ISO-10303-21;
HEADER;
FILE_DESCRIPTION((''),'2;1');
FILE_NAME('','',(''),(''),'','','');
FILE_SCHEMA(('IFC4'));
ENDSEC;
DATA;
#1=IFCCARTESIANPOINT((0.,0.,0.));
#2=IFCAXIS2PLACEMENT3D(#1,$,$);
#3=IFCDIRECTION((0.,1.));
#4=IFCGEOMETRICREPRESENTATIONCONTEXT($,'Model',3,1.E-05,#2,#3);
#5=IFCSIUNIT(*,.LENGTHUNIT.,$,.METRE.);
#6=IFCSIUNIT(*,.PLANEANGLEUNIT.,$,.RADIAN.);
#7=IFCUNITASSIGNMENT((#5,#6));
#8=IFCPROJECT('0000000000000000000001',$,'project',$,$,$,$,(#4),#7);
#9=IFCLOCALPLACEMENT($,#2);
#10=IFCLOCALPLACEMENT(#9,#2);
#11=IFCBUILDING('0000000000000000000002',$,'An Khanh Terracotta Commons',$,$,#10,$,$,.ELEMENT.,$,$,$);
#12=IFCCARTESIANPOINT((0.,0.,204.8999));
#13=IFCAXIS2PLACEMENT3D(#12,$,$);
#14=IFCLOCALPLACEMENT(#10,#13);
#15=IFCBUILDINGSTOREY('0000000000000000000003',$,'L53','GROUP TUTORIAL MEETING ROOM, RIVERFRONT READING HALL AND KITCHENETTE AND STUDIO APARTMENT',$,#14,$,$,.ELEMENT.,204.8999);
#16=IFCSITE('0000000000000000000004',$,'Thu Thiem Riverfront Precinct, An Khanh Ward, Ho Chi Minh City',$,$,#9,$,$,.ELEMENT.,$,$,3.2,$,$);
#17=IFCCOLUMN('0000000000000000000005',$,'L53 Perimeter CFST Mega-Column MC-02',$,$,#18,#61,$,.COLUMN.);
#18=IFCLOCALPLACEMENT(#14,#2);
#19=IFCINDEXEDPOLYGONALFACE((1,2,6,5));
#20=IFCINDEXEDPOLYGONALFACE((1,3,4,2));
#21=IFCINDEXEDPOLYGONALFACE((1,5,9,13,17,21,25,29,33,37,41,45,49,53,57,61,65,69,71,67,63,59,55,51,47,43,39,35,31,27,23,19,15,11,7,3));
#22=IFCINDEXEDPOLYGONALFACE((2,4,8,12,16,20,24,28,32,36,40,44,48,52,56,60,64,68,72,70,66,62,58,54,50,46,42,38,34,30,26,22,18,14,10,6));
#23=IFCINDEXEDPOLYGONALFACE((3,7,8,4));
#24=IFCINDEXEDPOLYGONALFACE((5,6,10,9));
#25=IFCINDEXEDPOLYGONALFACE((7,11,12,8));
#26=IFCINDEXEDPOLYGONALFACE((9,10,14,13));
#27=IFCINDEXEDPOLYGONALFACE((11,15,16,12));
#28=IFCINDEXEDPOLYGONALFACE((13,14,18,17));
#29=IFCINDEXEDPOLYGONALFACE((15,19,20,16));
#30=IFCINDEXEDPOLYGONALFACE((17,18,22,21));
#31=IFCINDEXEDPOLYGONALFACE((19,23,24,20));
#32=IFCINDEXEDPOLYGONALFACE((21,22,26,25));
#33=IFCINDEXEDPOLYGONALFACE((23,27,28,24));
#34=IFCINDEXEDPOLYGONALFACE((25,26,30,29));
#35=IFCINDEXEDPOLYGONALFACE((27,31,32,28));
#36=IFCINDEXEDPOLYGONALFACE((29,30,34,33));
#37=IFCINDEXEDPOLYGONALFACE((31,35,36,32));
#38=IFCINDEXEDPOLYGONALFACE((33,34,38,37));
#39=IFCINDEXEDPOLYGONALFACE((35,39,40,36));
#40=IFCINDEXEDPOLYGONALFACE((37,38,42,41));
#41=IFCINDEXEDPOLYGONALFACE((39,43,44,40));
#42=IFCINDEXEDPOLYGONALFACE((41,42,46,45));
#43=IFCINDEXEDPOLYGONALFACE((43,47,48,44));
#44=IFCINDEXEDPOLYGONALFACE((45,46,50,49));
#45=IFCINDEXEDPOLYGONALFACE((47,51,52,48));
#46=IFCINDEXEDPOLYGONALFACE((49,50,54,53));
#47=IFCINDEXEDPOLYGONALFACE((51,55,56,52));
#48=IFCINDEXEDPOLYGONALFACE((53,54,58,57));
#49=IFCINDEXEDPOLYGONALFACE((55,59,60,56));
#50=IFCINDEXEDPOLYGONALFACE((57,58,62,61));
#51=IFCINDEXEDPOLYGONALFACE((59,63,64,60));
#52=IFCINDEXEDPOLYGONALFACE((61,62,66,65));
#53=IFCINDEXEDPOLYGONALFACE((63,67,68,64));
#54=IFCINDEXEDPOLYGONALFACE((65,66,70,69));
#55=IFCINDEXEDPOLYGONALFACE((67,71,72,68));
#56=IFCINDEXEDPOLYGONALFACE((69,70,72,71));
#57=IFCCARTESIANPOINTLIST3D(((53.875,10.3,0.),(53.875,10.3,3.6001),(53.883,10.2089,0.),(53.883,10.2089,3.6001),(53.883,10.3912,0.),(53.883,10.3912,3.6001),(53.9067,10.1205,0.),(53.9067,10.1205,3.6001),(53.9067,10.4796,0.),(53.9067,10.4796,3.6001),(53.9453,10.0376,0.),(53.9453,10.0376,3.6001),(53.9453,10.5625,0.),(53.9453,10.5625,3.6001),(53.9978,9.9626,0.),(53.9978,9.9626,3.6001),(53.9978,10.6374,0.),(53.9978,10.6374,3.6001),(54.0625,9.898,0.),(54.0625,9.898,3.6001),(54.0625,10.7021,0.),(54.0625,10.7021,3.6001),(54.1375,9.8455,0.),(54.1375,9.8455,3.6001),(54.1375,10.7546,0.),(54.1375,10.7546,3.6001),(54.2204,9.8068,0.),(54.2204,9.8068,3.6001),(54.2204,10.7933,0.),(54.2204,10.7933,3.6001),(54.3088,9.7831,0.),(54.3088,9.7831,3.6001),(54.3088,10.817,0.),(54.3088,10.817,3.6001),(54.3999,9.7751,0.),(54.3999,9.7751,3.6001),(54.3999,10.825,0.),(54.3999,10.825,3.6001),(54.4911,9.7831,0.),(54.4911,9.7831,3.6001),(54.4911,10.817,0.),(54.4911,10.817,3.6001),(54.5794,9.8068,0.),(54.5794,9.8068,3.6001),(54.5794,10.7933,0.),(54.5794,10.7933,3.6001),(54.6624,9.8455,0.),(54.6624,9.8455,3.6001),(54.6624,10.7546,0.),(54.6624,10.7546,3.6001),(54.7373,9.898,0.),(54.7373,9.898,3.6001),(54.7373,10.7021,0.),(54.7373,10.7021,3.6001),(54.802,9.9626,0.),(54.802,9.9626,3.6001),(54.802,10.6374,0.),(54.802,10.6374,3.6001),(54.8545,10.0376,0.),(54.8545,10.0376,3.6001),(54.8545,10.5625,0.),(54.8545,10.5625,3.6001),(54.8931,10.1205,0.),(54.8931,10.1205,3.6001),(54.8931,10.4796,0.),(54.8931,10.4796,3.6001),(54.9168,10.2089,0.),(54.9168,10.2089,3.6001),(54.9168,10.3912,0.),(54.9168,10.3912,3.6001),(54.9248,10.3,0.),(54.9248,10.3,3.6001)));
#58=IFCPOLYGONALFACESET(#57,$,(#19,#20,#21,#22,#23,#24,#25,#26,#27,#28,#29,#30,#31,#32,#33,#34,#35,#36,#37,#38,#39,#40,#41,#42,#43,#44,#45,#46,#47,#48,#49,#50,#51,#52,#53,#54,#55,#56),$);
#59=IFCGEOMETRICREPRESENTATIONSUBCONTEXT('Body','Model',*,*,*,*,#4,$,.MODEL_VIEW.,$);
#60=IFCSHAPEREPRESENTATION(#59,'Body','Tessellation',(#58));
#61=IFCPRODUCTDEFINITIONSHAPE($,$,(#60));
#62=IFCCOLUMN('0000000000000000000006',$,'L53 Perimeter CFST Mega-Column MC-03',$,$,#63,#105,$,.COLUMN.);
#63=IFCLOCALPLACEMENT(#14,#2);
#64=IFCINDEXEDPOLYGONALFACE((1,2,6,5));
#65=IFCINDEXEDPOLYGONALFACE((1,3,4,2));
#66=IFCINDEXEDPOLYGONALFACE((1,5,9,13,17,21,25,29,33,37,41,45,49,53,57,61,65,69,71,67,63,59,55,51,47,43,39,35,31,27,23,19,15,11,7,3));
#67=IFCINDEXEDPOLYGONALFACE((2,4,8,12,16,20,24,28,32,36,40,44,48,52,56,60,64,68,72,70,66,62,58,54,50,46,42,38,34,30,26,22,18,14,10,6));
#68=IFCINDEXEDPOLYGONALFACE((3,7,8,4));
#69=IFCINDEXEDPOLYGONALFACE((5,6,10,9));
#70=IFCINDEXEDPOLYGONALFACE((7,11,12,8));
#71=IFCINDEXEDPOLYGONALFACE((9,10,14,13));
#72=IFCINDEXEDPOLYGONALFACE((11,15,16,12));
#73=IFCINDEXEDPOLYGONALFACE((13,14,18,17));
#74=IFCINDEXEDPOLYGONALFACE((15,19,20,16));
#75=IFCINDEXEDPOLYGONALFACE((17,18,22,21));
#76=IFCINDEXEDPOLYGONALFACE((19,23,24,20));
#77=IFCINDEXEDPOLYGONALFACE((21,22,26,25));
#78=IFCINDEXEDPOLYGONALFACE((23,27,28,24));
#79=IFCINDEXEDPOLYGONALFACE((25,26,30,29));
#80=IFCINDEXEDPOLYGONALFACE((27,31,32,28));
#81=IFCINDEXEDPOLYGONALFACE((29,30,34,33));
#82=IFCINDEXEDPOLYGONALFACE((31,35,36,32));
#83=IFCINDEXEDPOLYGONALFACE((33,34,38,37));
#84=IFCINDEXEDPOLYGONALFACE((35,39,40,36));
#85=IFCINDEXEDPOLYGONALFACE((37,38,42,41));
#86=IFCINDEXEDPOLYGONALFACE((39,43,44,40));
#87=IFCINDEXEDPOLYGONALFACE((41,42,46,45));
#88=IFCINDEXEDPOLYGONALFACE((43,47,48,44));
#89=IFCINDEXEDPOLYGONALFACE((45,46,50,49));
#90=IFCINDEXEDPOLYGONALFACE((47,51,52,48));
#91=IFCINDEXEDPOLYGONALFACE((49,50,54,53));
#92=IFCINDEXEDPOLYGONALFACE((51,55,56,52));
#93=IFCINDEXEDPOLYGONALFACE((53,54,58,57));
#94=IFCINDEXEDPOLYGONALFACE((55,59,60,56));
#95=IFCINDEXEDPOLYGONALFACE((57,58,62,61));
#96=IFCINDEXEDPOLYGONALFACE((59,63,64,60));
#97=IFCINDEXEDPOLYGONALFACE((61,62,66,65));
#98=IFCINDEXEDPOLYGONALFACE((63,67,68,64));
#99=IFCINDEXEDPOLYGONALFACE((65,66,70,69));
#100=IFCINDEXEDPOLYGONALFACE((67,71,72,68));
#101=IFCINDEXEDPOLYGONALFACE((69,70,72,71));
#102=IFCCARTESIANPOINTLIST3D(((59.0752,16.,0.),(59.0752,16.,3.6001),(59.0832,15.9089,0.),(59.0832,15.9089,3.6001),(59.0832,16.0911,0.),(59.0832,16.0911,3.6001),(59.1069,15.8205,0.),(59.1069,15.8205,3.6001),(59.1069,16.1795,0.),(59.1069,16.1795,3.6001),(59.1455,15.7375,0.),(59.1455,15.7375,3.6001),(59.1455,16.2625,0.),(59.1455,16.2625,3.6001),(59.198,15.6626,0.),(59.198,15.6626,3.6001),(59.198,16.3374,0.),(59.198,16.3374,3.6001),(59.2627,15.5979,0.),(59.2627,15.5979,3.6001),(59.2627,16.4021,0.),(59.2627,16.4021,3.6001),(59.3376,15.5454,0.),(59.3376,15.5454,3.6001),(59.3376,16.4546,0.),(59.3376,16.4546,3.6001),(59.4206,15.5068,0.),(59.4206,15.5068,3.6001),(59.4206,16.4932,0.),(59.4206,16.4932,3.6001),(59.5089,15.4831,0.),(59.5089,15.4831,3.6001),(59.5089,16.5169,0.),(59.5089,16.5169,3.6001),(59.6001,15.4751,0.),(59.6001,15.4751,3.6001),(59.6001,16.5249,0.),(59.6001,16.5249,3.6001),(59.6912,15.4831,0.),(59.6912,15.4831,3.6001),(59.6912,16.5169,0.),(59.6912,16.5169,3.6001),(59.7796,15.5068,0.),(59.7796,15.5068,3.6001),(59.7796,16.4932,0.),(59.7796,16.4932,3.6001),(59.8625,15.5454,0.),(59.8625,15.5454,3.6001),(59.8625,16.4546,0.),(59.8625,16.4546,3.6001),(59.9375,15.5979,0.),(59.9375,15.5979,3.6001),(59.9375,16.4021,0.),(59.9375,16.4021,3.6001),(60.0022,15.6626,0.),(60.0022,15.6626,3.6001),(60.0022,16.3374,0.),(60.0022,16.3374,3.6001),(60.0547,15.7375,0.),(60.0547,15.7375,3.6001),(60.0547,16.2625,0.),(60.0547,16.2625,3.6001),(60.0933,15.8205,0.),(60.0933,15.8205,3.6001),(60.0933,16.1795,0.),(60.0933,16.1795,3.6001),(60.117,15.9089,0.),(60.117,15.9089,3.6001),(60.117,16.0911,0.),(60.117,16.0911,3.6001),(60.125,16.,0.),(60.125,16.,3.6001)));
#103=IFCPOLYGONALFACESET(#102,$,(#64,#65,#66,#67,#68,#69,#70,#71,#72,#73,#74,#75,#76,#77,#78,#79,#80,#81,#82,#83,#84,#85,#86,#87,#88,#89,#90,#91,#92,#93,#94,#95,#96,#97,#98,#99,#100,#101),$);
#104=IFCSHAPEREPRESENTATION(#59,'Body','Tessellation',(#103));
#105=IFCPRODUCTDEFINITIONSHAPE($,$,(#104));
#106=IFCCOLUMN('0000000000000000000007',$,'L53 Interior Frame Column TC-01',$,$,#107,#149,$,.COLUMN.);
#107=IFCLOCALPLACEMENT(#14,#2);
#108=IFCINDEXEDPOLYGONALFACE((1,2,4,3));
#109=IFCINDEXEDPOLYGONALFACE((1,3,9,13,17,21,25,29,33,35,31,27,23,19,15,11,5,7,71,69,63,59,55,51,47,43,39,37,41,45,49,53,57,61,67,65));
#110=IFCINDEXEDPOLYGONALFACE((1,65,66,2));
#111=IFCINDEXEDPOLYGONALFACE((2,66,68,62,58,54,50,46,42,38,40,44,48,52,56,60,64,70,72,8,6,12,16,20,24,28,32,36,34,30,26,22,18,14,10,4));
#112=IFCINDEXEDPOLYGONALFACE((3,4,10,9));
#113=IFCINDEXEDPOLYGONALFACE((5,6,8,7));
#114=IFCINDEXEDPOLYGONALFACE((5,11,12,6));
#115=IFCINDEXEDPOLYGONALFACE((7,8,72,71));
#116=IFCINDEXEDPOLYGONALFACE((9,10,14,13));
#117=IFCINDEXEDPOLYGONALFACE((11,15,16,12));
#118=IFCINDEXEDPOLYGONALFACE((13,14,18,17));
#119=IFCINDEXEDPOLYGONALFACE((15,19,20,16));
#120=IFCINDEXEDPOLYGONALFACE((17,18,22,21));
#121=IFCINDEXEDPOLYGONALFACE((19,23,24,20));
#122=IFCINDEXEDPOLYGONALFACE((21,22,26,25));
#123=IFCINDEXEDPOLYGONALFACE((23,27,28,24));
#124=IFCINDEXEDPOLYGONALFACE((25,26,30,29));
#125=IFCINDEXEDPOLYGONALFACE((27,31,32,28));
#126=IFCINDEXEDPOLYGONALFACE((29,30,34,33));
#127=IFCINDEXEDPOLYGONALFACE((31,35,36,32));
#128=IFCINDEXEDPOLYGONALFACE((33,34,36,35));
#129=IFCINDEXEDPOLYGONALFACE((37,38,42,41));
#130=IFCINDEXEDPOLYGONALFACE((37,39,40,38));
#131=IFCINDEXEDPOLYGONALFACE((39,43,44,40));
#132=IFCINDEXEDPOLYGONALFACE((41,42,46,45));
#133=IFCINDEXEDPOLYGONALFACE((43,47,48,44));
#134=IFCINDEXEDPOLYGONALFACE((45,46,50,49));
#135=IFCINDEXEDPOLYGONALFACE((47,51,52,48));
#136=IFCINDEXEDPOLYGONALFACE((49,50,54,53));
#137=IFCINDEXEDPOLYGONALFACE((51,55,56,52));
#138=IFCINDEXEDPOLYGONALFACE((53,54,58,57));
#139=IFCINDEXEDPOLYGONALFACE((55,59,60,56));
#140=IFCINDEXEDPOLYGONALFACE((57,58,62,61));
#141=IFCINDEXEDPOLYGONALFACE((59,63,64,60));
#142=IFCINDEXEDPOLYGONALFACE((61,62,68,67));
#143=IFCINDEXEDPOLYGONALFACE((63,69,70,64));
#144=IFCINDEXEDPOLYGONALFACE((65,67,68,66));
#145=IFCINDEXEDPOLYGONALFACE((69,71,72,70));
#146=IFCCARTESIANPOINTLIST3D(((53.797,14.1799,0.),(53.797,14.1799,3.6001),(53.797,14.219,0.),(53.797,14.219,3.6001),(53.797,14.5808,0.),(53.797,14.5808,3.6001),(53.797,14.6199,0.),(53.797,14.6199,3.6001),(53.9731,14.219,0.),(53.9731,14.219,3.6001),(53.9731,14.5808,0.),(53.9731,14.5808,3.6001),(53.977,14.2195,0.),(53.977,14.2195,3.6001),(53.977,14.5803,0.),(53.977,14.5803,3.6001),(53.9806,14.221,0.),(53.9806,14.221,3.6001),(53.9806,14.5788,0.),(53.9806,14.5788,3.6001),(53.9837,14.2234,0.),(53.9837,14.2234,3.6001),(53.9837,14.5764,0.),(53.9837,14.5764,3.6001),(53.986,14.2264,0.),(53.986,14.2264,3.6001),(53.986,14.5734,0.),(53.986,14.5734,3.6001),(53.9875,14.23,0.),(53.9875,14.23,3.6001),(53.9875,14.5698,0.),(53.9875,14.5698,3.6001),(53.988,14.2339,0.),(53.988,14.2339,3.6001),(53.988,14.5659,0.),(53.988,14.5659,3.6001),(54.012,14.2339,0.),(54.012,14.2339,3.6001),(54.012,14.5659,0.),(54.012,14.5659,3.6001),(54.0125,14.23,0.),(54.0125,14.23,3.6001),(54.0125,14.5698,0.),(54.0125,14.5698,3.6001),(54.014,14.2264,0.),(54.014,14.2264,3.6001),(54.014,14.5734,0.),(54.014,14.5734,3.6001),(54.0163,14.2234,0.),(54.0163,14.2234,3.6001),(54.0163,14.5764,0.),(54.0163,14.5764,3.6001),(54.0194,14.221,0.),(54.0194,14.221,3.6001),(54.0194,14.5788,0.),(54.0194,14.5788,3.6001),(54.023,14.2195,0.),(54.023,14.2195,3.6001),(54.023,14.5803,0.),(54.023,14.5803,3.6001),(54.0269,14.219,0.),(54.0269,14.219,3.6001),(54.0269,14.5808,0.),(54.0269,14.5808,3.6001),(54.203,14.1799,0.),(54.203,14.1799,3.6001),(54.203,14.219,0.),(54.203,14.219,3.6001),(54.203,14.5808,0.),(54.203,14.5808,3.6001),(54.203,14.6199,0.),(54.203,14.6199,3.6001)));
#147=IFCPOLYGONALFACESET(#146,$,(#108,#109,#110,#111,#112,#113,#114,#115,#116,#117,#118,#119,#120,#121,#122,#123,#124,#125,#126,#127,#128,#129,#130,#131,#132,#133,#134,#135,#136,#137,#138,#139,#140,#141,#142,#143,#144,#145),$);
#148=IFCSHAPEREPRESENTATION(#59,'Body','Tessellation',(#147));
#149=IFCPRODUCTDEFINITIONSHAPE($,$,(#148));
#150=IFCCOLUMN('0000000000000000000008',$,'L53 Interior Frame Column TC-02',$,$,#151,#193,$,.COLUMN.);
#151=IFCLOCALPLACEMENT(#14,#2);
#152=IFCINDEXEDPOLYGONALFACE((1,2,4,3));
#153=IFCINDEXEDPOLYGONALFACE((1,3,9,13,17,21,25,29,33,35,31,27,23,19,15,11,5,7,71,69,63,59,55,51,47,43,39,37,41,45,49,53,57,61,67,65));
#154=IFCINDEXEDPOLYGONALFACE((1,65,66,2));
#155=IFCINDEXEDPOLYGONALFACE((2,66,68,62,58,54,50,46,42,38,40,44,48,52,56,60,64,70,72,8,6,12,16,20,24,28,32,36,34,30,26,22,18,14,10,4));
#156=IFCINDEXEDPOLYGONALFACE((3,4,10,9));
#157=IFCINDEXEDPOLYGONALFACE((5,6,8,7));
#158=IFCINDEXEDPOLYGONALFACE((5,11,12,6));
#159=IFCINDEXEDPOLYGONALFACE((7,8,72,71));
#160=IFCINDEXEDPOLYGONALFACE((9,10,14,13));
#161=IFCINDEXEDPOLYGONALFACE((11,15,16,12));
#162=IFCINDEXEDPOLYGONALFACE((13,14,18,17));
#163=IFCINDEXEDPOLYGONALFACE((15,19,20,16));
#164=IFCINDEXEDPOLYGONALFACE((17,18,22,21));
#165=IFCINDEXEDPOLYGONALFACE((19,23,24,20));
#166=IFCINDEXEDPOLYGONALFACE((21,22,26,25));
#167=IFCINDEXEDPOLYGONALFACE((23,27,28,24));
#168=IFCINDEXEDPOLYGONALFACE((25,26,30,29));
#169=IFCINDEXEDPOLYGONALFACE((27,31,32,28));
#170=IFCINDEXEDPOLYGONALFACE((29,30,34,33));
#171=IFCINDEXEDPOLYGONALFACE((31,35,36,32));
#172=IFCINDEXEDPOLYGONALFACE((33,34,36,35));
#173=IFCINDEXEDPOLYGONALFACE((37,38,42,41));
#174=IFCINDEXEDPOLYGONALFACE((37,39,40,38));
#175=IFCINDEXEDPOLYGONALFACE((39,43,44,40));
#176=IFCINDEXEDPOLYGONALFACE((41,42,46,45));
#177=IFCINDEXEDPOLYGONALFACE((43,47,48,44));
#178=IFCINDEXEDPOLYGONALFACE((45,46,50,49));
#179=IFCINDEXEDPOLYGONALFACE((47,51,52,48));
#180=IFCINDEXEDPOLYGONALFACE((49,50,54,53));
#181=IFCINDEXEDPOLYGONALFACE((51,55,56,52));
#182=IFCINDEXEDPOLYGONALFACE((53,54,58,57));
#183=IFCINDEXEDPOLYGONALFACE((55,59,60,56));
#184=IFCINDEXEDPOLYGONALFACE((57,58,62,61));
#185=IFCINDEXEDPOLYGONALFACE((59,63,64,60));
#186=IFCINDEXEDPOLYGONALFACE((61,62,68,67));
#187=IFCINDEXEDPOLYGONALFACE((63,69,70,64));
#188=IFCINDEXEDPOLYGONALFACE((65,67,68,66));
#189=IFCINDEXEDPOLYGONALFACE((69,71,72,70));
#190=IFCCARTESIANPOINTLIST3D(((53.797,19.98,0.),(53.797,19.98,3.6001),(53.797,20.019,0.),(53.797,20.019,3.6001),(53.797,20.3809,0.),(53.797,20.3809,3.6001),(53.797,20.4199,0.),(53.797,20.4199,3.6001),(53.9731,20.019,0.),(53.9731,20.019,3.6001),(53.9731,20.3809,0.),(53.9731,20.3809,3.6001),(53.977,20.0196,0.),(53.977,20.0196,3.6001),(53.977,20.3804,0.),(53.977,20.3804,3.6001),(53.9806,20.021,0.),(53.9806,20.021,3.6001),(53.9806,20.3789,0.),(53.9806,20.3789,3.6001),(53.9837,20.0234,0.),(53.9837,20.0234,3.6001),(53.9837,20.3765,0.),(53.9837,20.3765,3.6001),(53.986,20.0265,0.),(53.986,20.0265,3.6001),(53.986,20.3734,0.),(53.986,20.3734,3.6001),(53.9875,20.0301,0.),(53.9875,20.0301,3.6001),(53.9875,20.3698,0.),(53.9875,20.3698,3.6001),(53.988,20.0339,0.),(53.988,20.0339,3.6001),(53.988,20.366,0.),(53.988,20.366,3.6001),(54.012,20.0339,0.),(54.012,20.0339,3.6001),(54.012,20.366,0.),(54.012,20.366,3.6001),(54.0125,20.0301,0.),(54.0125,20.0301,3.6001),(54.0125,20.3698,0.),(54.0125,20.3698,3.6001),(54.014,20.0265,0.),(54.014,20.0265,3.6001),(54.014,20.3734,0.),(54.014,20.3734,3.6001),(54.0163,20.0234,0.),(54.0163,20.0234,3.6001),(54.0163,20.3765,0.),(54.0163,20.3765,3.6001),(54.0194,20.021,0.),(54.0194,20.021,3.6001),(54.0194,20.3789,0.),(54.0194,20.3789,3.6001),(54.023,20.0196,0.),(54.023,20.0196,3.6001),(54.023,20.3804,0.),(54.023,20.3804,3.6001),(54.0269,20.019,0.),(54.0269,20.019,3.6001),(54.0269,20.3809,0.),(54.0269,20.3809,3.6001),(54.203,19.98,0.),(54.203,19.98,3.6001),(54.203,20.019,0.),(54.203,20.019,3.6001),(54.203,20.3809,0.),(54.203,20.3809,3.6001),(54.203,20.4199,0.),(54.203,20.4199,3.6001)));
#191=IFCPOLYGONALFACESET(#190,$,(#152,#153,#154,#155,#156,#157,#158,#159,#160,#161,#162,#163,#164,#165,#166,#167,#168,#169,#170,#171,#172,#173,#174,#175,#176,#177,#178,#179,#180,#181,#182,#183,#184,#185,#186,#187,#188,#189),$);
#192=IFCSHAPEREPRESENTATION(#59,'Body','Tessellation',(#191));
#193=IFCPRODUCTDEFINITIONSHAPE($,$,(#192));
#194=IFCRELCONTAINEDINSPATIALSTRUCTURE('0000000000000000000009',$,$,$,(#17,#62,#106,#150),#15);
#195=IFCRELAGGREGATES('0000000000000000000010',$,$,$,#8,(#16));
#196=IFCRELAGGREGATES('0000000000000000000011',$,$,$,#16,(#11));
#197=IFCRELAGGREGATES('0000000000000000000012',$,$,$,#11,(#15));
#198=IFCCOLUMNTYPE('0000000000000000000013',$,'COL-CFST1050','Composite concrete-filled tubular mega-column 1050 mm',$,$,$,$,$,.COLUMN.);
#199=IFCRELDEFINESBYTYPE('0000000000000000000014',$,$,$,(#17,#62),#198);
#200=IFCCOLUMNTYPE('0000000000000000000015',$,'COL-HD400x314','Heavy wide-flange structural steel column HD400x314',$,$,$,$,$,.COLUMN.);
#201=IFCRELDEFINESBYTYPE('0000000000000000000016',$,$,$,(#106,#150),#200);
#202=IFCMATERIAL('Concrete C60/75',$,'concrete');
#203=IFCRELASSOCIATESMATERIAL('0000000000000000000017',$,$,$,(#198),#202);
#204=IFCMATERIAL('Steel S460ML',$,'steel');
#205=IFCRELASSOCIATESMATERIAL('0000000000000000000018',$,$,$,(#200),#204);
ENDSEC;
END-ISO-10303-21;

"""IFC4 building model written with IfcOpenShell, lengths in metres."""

from ifc_helpers import new_model, si_unit, direction, frame, origin, origin_2d, place, context, subcontext, project, spatial, circle, i_section, extrude, material, material_profile, profile_set, type_object, element, save


model = new_model("IFC4")

# Units and contexts
model_context = context("Model", 3, precision=1e-05, world=origin(), true_north=direction((0.0, 1.0)))
body_context = subcontext(model_context, "Body", "Model", "MODEL_VIEW")
ifc_project = project(units=[si_unit("LENGTHUNIT", "METRE"), si_unit("PLANEANGLEUNIT", "RADIAN")], contexts=[model_context])

# Site, building, storey
site_placement = place(None, origin())
site = spatial("IfcSite", under=ifc_project, at=site_placement, Name="Thu Thiem Riverfront Precinct, An Khanh Ward, Ho Chi Minh City", CompositionType="ELEMENT", RefElevation=3.2)
building_placement = place(site_placement, origin())
building = spatial("IfcBuilding", under=site, at=building_placement, Name="An Khanh Terracotta Commons", CompositionType="ELEMENT")
storey_placement = place(building_placement, frame((0.0, 0.0, 204.8999)))
storey = spatial("IfcBuildingStorey", under=building, at=storey_placement, Name="L53", Description="GROUP TUTORIAL MEETING ROOM, RIVERFRONT READING HALL AND KITCHENETTE AND STUDIO APARTMENT", CompositionType="ELEMENT", Elevation=204.8999)

# Columns
ifc_material_1 = material(Name="Concrete C60/75", Category="concrete")
ifc_material_profile_1 = material_profile(ifc_material_1, circle(Radius=0.5249, at=origin_2d()), Name="CFST1050")
ifc_profile_set_1 = profile_set([ifc_material_profile_1], Name="Concrete C60/75")
column_type_1 = type_object("IfcColumnType", Name="COL-CFST1050", Description="Composite concrete-filled tubular mega-column 1050 mm", PredefinedType="COLUMN", material=ifc_profile_set_1)
for number, where, z_axis, x_axis, name in (
    (1, (54.3999, 10.3, 0.0), (0.0, 0.0, 1.0), (1.0, 0.0, 0.0), "L53 Perimeter CFST Mega-Column MC-02"),
    (2, (59.6001, 16.0, 0.0), (0.0, 0.0, 1.0), (1.0, 0.0, 0.0), "L53 Perimeter CFST Mega-Column MC-03"),
):
    element("IfcColumn", number, at=place(storey_placement, frame(where, z_axis=z_axis, x_axis=x_axis)), inside=storey, type_object=column_type_1, Name=name, PredefinedType="COLUMN", context=body_context, shape_type="SweptSolid", body=[
        extrude(circle(Radius=0.5249, at=origin_2d()), origin(), (0.0, 0.0, 1.0), 3.6001),
    ])
ifc_material_2 = material(Name="Steel S460ML", Category="steel")
ifc_material_profile_2 = material_profile(ifc_material_2, i_section(OverallWidth=0.406, OverallDepth=0.4399, WebThickness=0.0239, FlangeThickness=0.0391, FilletRadius=0.0149, at=origin_2d()), Name="HD400x314")
ifc_profile_set_2 = profile_set([ifc_material_profile_2], Name="Steel S460ML")
column_type_2 = type_object("IfcColumnType", Name="COL-HD400x314", Description="Heavy wide-flange structural steel column HD400x314", PredefinedType="COLUMN", material=ifc_profile_set_2)
for number, where, z_axis, x_axis, name in (
    (3, (54.0, 14.3999, 0.0), (0.0, 0.0, 1.0), (1.0, 0.0, 0.0), "L53 Interior Frame Column TC-01"),
    (4, (54.0, 20.2, 0.0), (0.0, 0.0, 1.0), (1.0, 0.0, 0.0), "L53 Interior Frame Column TC-02"),
):
    element("IfcColumn", number, at=place(storey_placement, frame(where, z_axis=z_axis, x_axis=x_axis)), inside=storey, type_object=column_type_2, Name=name, PredefinedType="COLUMN", context=body_context, shape_type="SweptSolid", body=[
        extrude(i_section(OverallWidth=0.406, OverallDepth=0.4399, WebThickness=0.0239, FlangeThickness=0.0391, FilletRadius=0.0149, at=origin_2d()), origin(), (0.0, 0.0, 1.0), 3.6001),
    ])

save(model, "model.ifc")
